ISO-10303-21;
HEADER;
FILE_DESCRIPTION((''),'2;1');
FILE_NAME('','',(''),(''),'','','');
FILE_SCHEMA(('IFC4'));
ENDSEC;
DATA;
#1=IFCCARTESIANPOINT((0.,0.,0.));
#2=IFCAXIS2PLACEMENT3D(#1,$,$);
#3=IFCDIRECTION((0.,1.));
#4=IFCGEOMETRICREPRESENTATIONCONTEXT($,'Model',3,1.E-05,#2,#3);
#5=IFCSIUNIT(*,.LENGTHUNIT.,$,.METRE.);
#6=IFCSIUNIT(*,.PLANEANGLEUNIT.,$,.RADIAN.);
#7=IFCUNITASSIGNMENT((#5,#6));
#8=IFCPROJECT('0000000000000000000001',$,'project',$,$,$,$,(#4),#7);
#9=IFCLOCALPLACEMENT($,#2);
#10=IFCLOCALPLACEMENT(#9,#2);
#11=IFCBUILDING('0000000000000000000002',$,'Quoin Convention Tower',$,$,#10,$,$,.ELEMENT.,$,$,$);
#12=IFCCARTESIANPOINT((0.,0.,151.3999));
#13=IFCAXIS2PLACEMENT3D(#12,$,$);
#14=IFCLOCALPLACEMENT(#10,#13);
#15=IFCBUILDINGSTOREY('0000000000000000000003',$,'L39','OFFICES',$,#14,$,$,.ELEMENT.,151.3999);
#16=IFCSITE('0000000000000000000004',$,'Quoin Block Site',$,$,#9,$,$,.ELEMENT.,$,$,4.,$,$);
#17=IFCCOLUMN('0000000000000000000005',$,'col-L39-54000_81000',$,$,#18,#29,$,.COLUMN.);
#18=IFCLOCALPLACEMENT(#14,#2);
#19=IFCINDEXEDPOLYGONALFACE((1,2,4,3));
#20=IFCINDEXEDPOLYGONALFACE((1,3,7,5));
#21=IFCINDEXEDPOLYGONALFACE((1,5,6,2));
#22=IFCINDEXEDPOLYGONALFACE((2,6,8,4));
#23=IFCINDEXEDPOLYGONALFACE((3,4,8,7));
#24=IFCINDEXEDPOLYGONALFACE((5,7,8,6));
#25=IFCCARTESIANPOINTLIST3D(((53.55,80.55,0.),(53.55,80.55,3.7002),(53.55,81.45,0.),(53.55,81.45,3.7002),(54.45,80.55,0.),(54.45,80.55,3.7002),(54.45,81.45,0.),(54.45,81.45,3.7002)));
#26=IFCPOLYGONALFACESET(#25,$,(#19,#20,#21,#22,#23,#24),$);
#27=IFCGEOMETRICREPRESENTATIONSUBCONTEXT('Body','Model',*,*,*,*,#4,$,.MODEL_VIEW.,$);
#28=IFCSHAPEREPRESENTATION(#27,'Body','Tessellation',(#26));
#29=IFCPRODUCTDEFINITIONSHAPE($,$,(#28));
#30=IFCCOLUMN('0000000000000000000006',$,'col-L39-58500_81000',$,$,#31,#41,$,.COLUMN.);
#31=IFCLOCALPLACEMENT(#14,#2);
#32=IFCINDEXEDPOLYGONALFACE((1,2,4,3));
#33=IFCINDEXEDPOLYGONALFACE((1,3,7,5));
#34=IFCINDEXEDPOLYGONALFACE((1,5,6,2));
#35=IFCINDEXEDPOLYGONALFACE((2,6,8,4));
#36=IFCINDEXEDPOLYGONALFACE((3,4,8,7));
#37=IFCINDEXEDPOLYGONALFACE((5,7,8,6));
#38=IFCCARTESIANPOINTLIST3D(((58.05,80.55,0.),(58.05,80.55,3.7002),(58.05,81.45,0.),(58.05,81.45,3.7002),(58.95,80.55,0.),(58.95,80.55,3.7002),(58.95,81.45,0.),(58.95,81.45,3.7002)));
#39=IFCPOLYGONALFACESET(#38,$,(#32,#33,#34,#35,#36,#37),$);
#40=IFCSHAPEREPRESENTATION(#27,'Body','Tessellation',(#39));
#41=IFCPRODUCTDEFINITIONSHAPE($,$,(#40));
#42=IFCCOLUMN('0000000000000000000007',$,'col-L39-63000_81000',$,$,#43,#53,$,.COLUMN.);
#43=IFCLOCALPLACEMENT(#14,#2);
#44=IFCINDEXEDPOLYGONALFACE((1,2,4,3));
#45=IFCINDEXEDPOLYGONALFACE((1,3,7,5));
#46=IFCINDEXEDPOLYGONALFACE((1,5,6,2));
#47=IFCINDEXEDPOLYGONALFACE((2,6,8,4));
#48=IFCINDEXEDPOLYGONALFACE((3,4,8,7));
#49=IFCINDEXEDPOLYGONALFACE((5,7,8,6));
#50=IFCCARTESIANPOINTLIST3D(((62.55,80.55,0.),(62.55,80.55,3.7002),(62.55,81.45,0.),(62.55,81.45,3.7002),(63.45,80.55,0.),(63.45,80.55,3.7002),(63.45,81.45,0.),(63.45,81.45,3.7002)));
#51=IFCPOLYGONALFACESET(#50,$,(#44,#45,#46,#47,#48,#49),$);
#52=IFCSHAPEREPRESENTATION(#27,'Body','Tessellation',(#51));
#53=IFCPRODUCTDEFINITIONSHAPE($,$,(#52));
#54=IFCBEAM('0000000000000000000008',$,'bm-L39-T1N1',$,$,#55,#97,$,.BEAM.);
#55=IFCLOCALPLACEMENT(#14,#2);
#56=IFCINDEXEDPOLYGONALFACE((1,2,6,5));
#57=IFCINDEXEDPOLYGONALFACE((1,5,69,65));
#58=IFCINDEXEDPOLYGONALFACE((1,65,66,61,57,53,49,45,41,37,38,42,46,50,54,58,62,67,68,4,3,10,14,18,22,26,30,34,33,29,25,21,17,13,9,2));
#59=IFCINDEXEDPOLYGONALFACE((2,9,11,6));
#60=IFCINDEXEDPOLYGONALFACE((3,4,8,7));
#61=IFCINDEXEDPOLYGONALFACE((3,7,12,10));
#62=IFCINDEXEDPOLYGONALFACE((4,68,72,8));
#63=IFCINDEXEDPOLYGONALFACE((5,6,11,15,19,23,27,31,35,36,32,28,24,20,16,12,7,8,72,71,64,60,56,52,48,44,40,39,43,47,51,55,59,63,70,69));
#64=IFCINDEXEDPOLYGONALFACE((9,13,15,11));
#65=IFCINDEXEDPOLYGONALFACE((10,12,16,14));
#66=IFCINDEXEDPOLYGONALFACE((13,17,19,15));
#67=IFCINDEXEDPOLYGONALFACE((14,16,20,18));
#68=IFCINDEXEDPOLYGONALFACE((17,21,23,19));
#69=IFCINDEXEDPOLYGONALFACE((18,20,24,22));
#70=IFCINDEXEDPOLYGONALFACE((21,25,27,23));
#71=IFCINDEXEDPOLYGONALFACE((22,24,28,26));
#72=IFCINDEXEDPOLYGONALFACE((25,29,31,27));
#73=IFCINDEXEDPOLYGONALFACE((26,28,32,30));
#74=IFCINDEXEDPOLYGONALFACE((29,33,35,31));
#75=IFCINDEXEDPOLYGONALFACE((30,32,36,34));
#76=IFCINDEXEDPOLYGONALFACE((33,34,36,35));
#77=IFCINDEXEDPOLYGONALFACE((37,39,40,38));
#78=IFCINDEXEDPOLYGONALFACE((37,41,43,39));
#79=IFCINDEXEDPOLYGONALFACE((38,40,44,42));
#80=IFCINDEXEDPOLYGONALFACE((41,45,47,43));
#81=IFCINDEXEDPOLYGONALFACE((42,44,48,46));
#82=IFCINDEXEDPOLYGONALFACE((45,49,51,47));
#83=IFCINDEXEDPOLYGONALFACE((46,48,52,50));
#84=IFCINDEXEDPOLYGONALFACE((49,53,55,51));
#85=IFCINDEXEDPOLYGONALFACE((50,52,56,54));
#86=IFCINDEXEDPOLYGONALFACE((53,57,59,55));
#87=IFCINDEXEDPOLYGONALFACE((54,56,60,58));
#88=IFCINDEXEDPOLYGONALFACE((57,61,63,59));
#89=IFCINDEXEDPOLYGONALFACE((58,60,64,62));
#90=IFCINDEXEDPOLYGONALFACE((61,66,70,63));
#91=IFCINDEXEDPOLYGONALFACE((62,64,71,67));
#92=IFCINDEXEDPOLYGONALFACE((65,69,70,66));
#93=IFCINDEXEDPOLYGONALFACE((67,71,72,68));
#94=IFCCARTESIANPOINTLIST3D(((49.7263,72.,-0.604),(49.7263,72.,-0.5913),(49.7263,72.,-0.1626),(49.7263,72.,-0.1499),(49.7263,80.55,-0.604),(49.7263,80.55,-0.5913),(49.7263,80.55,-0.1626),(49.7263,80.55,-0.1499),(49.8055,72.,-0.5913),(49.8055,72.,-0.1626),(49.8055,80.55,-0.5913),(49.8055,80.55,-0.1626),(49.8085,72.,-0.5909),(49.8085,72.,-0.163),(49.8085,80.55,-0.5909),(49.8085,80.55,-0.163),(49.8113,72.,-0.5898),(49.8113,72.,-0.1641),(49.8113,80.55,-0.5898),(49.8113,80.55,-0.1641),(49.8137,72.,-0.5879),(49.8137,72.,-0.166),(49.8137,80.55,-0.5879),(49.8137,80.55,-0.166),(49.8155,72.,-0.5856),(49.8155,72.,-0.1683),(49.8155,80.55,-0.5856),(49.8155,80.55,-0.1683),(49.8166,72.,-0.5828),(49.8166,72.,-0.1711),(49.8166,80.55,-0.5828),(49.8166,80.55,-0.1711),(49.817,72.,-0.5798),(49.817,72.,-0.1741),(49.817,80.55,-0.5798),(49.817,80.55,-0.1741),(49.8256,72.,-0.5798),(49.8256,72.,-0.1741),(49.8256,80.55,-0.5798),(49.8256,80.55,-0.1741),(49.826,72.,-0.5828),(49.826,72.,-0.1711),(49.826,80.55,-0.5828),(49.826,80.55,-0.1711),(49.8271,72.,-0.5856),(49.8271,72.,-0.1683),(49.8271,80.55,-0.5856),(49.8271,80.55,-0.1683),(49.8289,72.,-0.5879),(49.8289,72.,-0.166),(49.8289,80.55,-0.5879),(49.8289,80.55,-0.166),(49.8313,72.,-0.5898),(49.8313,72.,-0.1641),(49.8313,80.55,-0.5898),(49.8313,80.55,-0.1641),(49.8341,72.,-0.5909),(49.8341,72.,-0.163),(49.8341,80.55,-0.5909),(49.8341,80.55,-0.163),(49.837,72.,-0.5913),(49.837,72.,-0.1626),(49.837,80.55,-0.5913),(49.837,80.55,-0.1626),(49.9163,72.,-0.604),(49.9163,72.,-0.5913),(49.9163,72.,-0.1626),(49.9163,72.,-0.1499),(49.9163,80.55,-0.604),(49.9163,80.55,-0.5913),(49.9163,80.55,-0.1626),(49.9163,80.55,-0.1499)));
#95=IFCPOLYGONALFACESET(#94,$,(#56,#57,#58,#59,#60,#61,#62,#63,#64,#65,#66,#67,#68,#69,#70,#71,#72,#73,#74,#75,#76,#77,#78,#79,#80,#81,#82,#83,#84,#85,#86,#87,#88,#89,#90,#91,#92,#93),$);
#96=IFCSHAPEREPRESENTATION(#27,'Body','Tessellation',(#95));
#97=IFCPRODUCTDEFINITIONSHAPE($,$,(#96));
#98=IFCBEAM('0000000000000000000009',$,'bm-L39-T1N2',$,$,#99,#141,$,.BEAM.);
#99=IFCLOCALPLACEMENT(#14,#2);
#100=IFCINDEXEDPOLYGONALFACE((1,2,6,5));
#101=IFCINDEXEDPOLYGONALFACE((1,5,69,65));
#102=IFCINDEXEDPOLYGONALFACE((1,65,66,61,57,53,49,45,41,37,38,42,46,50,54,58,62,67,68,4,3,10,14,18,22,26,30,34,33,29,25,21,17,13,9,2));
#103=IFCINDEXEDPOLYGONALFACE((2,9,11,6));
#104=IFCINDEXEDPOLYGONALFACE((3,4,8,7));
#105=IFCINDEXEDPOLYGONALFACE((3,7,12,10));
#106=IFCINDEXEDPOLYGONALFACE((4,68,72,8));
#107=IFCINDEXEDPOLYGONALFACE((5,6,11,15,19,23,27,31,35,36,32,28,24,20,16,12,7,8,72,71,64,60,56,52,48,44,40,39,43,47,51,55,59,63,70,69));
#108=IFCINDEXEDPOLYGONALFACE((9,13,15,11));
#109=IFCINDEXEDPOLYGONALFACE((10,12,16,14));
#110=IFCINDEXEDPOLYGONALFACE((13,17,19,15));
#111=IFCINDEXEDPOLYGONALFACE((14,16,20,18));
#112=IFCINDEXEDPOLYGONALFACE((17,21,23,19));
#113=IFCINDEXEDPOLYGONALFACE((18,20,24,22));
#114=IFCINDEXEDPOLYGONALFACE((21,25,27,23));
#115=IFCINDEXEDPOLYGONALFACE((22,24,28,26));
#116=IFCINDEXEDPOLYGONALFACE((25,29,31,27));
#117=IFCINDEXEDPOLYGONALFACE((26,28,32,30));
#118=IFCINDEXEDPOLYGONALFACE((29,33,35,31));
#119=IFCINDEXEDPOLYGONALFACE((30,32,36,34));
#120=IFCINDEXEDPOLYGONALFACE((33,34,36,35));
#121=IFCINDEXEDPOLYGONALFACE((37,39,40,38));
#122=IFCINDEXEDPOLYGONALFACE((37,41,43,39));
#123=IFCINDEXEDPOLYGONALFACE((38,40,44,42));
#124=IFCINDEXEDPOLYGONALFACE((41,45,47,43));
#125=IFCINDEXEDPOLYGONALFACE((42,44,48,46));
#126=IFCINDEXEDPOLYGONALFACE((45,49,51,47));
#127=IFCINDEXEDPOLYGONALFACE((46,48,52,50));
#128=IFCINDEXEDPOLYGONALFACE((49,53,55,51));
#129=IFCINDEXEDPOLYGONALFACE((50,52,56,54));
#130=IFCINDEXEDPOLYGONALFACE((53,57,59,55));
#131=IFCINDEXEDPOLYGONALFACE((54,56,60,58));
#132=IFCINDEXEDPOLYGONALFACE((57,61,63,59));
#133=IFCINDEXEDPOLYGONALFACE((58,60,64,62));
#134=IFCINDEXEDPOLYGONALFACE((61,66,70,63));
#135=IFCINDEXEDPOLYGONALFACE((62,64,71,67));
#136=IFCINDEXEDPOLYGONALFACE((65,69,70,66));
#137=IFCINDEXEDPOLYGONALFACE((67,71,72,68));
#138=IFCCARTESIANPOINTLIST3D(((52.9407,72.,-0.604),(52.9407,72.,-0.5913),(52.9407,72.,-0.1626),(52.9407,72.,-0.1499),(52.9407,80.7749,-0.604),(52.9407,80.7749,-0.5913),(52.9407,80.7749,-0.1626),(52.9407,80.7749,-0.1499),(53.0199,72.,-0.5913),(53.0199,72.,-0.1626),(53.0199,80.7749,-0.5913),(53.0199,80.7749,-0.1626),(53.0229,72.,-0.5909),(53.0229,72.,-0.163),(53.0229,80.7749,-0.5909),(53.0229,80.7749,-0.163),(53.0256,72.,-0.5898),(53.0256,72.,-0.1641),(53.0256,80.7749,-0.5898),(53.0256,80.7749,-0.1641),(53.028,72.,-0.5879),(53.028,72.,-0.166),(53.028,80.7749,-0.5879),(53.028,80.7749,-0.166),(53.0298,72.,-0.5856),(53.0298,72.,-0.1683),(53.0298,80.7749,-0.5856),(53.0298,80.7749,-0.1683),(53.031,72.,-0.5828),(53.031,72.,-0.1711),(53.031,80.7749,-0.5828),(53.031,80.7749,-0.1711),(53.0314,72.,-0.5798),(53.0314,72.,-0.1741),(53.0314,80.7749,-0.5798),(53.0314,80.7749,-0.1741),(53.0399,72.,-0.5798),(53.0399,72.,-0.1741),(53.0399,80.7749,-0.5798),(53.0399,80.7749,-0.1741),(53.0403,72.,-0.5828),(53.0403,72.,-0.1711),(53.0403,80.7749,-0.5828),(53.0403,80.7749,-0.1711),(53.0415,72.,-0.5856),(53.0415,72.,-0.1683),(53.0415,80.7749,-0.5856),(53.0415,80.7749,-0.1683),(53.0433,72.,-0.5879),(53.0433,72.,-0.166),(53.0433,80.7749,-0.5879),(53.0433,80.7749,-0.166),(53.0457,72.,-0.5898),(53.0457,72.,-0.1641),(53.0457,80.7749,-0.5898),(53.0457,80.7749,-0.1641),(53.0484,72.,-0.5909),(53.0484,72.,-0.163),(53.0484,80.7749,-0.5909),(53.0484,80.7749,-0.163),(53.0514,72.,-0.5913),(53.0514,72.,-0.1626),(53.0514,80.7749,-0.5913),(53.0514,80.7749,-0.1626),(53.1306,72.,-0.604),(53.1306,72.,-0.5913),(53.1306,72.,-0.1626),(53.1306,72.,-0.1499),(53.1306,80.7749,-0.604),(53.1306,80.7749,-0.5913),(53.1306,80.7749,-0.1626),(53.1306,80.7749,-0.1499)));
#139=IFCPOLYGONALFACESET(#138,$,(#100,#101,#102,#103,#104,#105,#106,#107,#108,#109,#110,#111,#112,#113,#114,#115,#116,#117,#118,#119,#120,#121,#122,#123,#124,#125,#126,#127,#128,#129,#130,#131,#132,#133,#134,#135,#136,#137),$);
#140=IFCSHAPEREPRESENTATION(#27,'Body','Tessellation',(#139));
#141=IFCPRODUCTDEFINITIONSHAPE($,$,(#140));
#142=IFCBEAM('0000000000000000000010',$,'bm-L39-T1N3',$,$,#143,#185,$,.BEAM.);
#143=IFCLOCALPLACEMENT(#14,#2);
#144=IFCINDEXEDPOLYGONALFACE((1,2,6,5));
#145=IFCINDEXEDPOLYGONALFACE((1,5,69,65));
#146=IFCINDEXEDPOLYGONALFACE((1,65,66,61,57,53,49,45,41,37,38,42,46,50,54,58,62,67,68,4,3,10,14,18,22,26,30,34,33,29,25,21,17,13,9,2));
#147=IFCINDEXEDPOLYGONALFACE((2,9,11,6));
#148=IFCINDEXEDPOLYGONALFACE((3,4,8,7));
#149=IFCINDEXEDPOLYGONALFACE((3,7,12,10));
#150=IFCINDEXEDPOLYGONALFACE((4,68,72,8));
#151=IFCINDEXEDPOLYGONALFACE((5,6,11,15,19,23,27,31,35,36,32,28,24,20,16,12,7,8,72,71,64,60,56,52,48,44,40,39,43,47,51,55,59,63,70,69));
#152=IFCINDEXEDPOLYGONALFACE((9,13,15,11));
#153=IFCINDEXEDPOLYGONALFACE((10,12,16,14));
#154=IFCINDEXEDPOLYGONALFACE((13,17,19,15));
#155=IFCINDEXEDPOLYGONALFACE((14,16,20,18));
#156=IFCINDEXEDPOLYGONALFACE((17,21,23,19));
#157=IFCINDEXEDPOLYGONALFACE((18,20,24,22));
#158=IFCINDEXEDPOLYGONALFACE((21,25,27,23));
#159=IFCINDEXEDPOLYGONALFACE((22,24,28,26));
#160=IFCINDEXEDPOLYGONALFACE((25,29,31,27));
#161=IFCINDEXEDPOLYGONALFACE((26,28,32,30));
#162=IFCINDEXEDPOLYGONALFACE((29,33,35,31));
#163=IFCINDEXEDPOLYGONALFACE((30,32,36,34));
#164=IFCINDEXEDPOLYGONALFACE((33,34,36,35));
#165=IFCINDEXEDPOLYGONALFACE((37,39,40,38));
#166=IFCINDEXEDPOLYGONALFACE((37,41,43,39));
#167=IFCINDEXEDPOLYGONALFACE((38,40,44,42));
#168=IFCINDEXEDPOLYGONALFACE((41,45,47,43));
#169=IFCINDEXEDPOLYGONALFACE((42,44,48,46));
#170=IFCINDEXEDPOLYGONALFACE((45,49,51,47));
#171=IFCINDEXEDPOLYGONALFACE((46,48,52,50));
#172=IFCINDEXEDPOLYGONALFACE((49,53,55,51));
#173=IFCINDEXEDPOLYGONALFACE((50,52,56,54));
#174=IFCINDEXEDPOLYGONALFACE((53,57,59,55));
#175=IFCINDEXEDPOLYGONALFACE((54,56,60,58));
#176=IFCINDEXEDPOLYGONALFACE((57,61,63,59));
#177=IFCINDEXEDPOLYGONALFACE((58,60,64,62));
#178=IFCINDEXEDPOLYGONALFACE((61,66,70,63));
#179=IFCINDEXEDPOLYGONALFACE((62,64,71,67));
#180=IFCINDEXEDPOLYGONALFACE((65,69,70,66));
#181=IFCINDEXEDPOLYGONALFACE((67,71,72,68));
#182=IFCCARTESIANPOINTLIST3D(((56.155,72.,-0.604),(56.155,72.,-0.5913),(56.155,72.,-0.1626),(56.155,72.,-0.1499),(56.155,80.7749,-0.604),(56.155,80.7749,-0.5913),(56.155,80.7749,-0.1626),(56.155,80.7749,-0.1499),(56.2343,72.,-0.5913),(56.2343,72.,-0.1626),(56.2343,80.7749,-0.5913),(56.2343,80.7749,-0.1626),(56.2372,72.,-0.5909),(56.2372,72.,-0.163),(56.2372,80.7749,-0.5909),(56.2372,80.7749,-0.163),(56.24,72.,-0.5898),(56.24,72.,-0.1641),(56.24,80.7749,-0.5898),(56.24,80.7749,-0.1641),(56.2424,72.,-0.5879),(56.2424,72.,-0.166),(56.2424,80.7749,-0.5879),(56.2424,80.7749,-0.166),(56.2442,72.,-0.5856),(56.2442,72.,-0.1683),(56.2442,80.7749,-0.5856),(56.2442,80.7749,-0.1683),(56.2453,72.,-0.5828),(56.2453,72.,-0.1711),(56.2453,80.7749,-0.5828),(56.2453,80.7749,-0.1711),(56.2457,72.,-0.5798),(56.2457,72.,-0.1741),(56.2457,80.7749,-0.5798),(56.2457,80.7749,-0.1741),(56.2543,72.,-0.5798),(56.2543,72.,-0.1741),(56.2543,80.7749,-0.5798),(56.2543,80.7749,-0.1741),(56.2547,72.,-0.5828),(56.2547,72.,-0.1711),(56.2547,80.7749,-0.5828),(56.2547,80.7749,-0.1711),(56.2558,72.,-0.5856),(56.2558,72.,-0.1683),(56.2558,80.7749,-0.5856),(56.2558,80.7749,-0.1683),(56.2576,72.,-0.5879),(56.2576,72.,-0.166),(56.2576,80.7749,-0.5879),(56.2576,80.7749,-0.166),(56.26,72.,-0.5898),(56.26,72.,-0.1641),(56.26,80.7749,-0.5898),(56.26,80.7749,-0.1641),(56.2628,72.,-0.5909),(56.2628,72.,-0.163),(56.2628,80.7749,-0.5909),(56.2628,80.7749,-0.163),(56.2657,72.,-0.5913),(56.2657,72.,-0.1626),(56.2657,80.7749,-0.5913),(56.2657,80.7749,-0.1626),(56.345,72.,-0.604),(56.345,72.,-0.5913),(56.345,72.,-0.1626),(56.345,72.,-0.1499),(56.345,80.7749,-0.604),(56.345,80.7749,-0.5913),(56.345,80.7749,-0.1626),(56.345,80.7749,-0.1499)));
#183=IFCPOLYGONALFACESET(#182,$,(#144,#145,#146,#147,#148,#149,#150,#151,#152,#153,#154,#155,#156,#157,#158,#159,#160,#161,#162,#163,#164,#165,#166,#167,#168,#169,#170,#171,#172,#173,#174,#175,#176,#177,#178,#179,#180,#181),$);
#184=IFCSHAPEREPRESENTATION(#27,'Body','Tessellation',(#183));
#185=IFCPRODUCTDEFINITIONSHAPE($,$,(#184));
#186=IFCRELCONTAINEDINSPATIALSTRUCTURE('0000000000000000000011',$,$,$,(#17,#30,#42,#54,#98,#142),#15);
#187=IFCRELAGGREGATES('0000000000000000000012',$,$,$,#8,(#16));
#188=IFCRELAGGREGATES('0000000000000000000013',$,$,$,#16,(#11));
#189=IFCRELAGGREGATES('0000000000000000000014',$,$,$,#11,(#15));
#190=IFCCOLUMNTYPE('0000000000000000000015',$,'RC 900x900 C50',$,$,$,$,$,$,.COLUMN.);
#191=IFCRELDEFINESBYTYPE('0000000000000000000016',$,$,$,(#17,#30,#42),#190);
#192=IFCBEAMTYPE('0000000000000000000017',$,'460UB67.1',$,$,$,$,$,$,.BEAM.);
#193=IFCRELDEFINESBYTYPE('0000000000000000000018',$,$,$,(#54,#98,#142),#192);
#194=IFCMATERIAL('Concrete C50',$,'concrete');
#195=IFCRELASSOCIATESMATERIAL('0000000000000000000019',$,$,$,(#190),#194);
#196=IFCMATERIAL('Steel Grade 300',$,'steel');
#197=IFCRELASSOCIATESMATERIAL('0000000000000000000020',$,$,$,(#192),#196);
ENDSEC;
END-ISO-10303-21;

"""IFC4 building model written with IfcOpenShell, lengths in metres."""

from ifc_helpers import new_model, si_unit, direction, frame, origin, origin_2d, place, context, subcontext, project, spatial, rectangle, i_section, extrude, material, material_profile, profile_set, type_object, element, save


model = new_model("IFC4")

# Units and contexts
model_context = context("Model", 3, precision=1e-05, world=origin(), true_north=direction((0.0, 1.0)))
body_context = subcontext(model_context, "Body", "Model", "MODEL_VIEW")
ifc_project = project(units=[si_unit("LENGTHUNIT", "METRE"), si_unit("PLANEANGLEUNIT", "RADIAN")], contexts=[model_context])

# Site, building, storey
site_placement = place(None, origin())
site = spatial("IfcSite", under=ifc_project, at=site_placement, Name="Quoin Block Site", CompositionType="ELEMENT", RefElevation=4.0)
building_placement = place(site_placement, origin())
building = spatial("IfcBuilding", under=site, at=building_placement, Name="Quoin Convention Tower", CompositionType="ELEMENT")
storey_placement = place(building_placement, frame((0.0, 0.0, 151.3999)))
storey = spatial("IfcBuildingStorey", under=building, at=storey_placement, Name="L39", Description="OFFICES", CompositionType="ELEMENT", Elevation=151.3999)

# Columns
ifc_material_1 = material(Name="Concrete C50", Category="concrete")
ifc_material_profile_1 = material_profile(ifc_material_1, rectangle(XDim=0.8999, YDim=0.8999, at=origin_2d()), Name="RC 900x900")
ifc_profile_set_1 = profile_set([ifc_material_profile_1], Name="Concrete C50")
column_type = type_object("IfcColumnType", Name="RC 900x900 C50", PredefinedType="COLUMN", material=ifc_profile_set_1)
for number, where, z_axis, x_axis, name in (
    (1, (54.0, 81.0, 0.0), (0.0, 0.0, 1.0), (1.0, 0.0, 0.0), "col-L39-54000_81000"),
    (2, (58.5, 81.0, 0.0), (0.0, 0.0, 1.0), (1.0, 0.0, 0.0), "col-L39-58500_81000"),
    (3, (63.0, 81.0, 0.0), (0.0, 0.0, 1.0), (1.0, 0.0, 0.0), "col-L39-63000_81000"),
):
    element("IfcColumn", number, at=place(storey_placement, frame(where, z_axis=z_axis, x_axis=x_axis)), inside=storey, type_object=column_type, Name=name, PredefinedType="COLUMN", context=body_context, shape_type="SweptSolid", body=[
        extrude(rectangle(XDim=0.8999, YDim=0.8999, at=origin_2d()), origin(), (0.0, 0.0, 1.0), 3.7002),
    ])

# Beams
ifc_material_2 = material(Name="Steel Grade 300", Category="steel")
ifc_material_profile_2 = material_profile(ifc_material_2, i_section(OverallWidth=0.1899, OverallDepth=0.4541, WebThickness=0.0085, FlangeThickness=0.0127, FilletRadius=0.0115, at=origin_2d()), Name="460UB67.1")
ifc_profile_set_2 = profile_set([ifc_material_profile_2], Name="Steel Grade 300")
beam_type_1 = type_object("IfcBeamType", Name="460UB67.1", PredefinedType="BEAM", material=ifc_profile_set_2)
beam_1_placement = place(storey_placement, frame((49.8213, 72.0, -0.377), z_axis=(0.0, 1.0, 0.0), x_axis=(-1.0, 0.0, 0.0)))
element("IfcBeam", 4, at=beam_1_placement, inside=storey, type_object=beam_type_1, Name="bm-L39-T1N1", PredefinedType="BEAM", context=body_context, shape_type="SweptSolid", body=[
    extrude(i_section(OverallWidth=0.1899, OverallDepth=0.4541, WebThickness=0.0085, FlangeThickness=0.0127, FilletRadius=0.0115, at=origin_2d()), origin(), (0.0, 0.0, 1.0), 8.55),
])
for number, where, z_axis, x_axis, name in (
    (5, (53.0356, 72.0, -0.377), (0.0, 1.0, 0.0), (-1.0, 0.0, 0.0), "bm-L39-T1N2"),
    (6, (56.25, 72.0, -0.377), (0.0, 1.0, 0.0), (-1.0, 0.0, 0.0), "bm-L39-T1N3"),
):
    element("IfcBeam", number, at=place(storey_placement, frame(where, z_axis=z_axis, x_axis=x_axis)), inside=storey, type_object=beam_type_1, Name=name, PredefinedType="BEAM", context=body_context, shape_type="SweptSolid", body=[
        extrude(i_section(OverallWidth=0.1899, OverallDepth=0.4541, WebThickness=0.0085, FlangeThickness=0.0127, FilletRadius=0.0115, at=origin_2d()), origin(), (0.0, 0.0, 1.0), 8.7749),
    ])

save(model, "model.ifc")
